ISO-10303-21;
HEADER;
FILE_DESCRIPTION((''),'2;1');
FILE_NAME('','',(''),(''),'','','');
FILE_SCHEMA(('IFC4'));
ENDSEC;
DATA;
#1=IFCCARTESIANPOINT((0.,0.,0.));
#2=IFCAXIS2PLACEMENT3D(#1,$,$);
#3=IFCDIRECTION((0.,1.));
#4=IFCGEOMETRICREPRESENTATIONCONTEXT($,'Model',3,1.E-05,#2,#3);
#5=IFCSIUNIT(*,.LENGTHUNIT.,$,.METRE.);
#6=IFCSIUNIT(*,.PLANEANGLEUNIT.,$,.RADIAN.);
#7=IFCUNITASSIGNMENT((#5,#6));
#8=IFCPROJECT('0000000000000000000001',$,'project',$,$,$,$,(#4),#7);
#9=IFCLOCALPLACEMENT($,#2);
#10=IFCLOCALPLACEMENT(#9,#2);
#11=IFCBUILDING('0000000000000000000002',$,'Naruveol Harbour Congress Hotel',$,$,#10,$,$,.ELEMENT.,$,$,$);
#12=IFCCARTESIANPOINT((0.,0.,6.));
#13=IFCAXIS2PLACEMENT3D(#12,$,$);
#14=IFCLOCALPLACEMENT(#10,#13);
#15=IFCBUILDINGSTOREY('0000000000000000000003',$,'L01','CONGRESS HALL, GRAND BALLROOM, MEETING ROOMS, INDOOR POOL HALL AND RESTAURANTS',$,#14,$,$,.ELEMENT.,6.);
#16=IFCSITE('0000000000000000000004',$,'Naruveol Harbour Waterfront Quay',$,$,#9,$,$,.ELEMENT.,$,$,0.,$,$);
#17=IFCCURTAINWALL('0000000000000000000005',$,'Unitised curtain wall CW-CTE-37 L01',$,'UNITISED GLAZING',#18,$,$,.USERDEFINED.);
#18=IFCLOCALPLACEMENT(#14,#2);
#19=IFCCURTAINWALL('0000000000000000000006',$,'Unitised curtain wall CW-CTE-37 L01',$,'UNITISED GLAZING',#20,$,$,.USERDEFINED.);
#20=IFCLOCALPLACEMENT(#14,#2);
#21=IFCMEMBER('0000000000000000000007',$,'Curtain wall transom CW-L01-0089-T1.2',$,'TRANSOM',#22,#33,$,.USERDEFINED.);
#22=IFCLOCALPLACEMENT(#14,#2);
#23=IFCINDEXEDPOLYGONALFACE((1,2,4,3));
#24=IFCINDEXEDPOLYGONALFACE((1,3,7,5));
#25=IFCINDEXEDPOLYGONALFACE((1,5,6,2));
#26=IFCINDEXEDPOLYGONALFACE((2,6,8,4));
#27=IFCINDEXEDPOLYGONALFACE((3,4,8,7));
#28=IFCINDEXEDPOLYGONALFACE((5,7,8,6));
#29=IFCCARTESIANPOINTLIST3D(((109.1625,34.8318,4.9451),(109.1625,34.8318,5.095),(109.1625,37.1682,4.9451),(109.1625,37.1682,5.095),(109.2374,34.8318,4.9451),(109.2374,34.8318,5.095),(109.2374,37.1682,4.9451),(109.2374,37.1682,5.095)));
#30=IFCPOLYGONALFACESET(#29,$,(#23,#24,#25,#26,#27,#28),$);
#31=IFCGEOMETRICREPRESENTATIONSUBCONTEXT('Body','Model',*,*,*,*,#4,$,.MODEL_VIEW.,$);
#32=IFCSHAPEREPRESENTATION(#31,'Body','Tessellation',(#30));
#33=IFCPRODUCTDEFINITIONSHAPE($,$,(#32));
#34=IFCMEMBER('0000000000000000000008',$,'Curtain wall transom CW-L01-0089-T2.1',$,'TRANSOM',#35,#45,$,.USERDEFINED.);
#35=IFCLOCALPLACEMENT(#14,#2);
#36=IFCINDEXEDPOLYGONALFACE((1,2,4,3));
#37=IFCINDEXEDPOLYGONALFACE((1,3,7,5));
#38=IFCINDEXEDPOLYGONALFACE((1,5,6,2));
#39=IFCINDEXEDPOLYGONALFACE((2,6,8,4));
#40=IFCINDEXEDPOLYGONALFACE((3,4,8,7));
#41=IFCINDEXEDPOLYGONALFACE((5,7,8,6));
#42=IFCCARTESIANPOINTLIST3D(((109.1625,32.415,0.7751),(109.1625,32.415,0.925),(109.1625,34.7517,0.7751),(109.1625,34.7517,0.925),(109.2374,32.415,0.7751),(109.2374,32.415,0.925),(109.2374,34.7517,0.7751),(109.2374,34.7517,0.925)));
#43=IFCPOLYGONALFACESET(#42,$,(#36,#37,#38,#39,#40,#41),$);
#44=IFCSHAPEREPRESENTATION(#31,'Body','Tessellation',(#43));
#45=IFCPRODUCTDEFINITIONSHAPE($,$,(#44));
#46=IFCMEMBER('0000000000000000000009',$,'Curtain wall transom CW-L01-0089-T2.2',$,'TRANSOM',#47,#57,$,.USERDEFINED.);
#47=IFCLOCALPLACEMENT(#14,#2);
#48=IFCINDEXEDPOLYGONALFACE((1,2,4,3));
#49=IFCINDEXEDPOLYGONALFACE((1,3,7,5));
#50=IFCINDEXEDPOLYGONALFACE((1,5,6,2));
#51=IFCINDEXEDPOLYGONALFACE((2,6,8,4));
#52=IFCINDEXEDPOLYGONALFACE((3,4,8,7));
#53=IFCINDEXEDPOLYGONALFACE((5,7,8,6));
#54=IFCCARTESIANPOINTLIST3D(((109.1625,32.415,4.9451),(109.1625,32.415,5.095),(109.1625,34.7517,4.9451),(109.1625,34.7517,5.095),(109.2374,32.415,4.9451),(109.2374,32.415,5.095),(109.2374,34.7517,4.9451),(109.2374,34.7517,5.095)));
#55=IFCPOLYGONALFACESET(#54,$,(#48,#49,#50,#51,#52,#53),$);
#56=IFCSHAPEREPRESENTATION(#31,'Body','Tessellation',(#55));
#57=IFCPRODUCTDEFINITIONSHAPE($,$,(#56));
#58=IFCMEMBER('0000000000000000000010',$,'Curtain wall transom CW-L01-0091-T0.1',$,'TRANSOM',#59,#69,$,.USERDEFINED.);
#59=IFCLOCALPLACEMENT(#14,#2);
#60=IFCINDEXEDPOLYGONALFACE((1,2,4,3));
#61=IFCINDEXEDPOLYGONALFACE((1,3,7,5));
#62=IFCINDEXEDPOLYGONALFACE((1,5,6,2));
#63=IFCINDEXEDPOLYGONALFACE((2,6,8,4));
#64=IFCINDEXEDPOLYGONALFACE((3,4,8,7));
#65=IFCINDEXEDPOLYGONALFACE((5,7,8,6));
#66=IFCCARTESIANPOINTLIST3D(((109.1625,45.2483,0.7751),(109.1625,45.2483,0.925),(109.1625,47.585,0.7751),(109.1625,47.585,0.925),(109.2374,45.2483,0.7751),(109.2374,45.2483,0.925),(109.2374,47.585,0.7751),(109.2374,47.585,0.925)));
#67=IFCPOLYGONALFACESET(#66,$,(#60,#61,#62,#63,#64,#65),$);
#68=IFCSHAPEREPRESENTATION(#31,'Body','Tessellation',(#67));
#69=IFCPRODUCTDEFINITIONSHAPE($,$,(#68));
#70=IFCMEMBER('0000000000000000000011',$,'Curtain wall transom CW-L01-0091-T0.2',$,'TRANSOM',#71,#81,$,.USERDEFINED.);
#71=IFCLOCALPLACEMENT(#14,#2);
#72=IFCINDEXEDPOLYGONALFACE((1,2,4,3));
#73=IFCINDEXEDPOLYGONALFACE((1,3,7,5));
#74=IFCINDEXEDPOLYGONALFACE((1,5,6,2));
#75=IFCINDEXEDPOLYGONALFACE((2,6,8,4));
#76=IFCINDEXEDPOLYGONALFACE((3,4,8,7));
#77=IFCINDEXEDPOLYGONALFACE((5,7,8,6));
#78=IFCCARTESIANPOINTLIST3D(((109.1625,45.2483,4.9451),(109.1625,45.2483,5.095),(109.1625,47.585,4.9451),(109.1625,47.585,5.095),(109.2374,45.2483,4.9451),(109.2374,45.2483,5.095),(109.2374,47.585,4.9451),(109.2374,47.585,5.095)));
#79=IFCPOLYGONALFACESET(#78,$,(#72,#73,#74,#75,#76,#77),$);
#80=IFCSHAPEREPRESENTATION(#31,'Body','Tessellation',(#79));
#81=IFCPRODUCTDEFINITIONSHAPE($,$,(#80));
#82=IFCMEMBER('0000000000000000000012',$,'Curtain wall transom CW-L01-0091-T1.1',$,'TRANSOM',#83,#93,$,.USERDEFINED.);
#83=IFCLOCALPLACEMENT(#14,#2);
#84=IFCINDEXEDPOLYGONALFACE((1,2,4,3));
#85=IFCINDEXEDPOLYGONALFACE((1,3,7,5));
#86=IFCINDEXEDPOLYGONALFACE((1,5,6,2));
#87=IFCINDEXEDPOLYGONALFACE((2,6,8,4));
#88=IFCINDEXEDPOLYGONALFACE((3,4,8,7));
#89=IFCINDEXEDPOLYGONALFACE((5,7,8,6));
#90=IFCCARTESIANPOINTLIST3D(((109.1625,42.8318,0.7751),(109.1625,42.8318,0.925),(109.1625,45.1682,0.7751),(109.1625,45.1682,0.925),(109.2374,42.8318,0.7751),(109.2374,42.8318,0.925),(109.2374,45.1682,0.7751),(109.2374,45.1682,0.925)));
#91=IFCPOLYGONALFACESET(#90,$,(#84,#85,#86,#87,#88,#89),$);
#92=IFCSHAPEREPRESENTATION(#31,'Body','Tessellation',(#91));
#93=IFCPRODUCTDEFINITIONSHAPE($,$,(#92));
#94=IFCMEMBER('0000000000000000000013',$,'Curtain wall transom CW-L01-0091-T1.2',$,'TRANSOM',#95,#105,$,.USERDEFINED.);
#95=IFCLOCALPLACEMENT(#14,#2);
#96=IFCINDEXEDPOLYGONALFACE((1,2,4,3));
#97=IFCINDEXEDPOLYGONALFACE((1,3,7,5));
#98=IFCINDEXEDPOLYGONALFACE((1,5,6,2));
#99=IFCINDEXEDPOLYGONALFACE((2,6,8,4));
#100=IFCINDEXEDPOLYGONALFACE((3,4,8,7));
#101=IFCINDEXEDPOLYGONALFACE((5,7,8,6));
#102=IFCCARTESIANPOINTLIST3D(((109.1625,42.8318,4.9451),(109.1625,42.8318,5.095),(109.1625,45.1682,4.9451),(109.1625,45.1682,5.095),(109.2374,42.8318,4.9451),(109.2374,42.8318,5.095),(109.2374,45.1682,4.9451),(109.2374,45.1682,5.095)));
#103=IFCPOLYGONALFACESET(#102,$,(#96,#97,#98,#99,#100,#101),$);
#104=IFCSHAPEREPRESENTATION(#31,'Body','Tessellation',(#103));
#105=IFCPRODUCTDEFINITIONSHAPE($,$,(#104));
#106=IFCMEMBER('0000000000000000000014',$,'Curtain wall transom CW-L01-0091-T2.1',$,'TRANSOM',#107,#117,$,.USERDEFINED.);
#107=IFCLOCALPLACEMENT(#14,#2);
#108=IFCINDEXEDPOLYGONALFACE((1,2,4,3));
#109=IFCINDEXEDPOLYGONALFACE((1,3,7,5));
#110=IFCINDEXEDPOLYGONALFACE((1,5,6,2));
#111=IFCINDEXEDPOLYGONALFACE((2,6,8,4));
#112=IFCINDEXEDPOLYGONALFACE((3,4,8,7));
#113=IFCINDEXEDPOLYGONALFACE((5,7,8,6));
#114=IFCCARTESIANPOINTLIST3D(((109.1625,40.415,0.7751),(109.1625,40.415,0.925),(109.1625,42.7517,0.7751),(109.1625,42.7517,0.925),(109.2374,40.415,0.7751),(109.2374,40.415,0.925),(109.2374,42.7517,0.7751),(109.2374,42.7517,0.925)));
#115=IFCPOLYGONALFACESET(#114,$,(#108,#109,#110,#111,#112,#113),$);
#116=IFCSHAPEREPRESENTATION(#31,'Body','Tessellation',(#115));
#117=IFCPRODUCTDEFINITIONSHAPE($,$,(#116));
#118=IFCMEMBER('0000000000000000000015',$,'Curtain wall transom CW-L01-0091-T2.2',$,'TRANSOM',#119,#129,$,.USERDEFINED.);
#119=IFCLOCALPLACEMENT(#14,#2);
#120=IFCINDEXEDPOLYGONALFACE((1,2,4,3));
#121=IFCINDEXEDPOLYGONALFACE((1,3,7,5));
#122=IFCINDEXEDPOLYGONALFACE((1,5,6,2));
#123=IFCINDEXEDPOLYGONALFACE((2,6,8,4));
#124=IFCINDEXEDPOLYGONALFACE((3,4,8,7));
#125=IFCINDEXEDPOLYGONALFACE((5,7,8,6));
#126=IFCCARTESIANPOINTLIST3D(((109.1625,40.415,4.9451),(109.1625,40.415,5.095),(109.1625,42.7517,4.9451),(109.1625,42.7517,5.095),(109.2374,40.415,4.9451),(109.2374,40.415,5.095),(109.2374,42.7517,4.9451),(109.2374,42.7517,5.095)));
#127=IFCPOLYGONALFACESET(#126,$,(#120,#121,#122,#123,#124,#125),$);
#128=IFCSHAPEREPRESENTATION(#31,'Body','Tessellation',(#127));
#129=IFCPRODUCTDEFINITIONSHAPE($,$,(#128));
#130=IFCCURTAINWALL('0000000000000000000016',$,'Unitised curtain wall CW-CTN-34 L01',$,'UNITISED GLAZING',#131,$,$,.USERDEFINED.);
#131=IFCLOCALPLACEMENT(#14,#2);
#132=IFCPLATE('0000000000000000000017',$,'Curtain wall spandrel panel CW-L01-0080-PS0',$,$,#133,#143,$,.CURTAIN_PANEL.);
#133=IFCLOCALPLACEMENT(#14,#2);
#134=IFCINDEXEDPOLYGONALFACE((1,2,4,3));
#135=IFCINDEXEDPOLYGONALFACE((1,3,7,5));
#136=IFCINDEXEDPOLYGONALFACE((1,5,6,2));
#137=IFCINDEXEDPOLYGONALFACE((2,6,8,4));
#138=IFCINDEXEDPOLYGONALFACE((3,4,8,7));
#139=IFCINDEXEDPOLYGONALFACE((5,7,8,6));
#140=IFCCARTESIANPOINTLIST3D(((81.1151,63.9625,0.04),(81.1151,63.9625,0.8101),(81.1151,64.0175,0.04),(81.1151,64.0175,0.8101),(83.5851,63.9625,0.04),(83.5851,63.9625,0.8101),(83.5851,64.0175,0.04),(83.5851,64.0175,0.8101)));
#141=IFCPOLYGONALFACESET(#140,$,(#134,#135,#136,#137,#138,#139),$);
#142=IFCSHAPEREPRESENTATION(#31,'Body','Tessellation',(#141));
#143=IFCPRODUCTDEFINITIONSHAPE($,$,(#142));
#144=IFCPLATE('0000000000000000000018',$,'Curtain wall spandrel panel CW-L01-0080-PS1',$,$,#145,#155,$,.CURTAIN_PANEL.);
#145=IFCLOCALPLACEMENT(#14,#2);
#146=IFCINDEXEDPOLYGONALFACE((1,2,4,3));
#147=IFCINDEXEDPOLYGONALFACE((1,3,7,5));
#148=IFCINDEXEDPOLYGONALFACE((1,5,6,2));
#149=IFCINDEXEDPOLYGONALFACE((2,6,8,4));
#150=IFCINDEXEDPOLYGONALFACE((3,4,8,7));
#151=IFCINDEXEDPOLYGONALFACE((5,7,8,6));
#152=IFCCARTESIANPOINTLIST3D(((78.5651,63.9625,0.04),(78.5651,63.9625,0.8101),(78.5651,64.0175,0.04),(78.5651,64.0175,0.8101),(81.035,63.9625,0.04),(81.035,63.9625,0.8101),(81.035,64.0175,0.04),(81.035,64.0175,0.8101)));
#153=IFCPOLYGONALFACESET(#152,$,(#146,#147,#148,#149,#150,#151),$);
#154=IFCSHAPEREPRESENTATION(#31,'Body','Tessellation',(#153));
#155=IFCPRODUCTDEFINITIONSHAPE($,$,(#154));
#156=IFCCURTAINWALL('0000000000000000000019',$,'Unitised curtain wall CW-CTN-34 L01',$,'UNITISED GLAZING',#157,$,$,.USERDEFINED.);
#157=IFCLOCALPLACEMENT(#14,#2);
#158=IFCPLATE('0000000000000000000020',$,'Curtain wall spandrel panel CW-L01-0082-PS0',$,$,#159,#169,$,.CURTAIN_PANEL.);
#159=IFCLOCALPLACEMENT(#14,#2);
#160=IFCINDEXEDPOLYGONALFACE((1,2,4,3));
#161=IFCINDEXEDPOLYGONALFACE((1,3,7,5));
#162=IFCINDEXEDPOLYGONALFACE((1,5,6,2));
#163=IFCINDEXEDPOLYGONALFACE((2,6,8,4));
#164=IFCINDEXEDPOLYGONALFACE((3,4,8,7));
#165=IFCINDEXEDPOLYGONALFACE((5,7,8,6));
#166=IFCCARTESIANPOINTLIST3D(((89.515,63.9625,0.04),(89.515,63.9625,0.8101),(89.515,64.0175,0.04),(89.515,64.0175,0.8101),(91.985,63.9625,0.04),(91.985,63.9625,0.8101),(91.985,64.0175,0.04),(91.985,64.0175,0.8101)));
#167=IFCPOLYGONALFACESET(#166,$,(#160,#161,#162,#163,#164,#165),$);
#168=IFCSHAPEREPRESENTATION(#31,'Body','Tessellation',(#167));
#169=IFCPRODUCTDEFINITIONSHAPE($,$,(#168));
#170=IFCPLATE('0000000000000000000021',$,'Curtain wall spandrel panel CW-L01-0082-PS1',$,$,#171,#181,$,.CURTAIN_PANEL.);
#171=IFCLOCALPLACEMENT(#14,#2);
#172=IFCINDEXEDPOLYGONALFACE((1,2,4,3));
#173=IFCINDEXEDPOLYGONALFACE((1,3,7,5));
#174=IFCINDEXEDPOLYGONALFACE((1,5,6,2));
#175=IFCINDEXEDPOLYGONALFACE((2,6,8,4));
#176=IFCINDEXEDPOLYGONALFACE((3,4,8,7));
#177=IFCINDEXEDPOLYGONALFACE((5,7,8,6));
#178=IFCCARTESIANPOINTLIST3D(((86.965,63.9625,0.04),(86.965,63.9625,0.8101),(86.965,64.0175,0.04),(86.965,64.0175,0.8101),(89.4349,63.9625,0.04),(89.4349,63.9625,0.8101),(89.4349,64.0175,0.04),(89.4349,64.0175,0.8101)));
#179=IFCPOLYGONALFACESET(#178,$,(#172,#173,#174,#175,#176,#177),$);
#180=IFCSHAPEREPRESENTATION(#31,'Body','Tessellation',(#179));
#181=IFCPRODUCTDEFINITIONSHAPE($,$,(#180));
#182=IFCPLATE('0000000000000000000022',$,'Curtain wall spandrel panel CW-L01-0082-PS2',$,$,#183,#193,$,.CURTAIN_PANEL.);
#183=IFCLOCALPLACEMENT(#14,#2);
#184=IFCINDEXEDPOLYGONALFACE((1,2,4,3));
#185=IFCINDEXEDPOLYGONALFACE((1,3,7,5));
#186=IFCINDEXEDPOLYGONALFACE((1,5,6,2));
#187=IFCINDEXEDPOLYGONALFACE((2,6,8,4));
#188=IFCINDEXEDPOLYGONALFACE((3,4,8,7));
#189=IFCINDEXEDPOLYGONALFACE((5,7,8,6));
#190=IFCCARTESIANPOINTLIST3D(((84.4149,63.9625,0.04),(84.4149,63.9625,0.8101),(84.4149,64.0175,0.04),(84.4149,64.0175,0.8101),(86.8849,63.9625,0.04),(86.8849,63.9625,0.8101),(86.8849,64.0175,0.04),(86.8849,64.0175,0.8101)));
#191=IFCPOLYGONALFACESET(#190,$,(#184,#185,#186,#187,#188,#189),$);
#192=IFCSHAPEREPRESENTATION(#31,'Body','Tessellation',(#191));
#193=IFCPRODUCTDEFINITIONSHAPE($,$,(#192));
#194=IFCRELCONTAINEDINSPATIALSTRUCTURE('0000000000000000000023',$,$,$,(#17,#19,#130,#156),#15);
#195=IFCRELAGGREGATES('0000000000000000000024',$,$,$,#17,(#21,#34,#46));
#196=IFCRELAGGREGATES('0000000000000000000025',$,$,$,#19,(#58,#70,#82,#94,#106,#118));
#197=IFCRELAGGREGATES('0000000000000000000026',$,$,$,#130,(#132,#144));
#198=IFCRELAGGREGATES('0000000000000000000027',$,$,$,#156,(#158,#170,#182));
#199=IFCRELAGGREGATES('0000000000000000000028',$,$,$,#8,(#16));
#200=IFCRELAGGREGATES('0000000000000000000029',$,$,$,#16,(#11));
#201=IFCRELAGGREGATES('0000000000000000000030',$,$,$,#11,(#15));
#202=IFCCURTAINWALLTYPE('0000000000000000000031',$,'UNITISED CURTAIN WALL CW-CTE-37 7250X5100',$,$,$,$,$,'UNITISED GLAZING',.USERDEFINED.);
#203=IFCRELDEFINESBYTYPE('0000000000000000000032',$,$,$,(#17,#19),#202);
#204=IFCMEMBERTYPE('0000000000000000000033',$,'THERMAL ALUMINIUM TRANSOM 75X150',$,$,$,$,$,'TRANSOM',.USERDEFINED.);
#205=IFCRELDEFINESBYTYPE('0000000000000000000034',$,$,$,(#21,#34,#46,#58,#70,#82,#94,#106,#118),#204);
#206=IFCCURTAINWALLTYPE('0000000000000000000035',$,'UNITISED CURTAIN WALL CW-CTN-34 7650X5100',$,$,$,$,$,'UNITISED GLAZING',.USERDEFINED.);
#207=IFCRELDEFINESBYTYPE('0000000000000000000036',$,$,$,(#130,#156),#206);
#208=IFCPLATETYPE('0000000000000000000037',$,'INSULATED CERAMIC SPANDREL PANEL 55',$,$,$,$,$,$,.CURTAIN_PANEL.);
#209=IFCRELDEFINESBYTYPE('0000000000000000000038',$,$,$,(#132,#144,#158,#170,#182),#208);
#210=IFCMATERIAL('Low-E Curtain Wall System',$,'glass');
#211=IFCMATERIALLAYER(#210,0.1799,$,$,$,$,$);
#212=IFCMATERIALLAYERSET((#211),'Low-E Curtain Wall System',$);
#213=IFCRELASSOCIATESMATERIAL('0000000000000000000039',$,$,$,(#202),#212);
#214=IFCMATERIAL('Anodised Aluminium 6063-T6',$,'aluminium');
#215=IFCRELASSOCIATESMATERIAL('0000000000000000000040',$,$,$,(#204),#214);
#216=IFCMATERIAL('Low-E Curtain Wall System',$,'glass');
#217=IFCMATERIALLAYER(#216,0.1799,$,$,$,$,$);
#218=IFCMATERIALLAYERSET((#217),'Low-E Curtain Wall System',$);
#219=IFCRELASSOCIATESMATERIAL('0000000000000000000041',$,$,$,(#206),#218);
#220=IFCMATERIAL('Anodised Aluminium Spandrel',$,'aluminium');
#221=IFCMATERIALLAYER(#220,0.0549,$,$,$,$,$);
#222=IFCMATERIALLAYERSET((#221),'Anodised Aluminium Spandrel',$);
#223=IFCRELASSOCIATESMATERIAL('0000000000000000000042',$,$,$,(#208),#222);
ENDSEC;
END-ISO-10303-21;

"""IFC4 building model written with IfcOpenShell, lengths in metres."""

from ifc_helpers import new_model, si_unit, direction, frame, origin, origin_2d, place, context, subcontext, project, spatial, rectangle, extrude, material, layer, layer_set, material_profile, profile_set, type_object, element, aggregate, save


model = new_model("IFC4")

# Units and contexts
model_context = context("Model", 3, precision=1e-05, world=origin(), true_north=direction((0.0, 1.0)))
body_context = subcontext(model_context, "Body", "Model", "MODEL_VIEW")
ifc_project = project(units=[si_unit("LENGTHUNIT", "METRE"), si_unit("PLANEANGLEUNIT", "RADIAN")], contexts=[model_context])

# Site, building, storey
site_placement = place(None, origin())
site = spatial("IfcSite", under=ifc_project, at=site_placement, Name="Naruveol Harbour Waterfront Quay", CompositionType="ELEMENT", RefElevation=0.0)
building_placement = place(site_placement, origin())
building = spatial("IfcBuilding", under=site, at=building_placement, Name="Naruveol Harbour Congress Hotel", CompositionType="ELEMENT")
storey_placement = place(building_placement, frame((0.0, 0.0, 6.0)))
storey = spatial("IfcBuildingStorey", under=building, at=storey_placement, Name="L01", Description="CONGRESS HALL, GRAND BALLROOM, MEETING ROOMS, INDOOR POOL HALL AND RESTAURANTS", CompositionType="ELEMENT", Elevation=6.0)

# Curtain walls
ifc_material_1 = material(Name="Low-E Curtain Wall System", Category="glass")
ifc_layer_1 = layer(ifc_material_1, 0.1799)
ifc_layer_set_1 = layer_set([ifc_layer_1], Name="Low-E Curtain Wall System")
curtain_wall_type_1 = type_object("IfcCurtainWallType", Name="UNITISED CURTAIN WALL CW-CTE-37 7250X5100", ElementType="UNITISED GLAZING", PredefinedType="USERDEFINED", material=ifc_layer_set_1)
curtain_wall_1_placement = place(storey_placement, origin())
curtain_wall_1 = element("IfcCurtainWall", 1, at=curtain_wall_1_placement, inside=storey, type_object=curtain_wall_type_1, Name="Unitised curtain wall CW-CTE-37 L01", ObjectType="UNITISED GLAZING", PredefinedType="USERDEFINED")
curtain_wall_2_placement = place(storey_placement, origin())
curtain_wall_2 = element("IfcCurtainWall", 2, at=curtain_wall_2_placement, inside=storey, type_object=curtain_wall_type_1, Name="Unitised curtain wall CW-CTE-37 L01", ObjectType="UNITISED GLAZING", PredefinedType="USERDEFINED")

# Members
ifc_material_2 = material(Name="Anodised Aluminium 6063-T6", Category="aluminium")
ifc_material_profile_1 = material_profile(ifc_material_2, rectangle(XDim=0.075, YDim=0.1499, at=origin_2d()), Name="ALU-75x150")
ifc_profile_set_1 = profile_set([ifc_material_profile_1], Name="Anodised Aluminium 6063-T6")
member_type_1 = type_object("IfcMemberType", Name="THERMAL ALUMINIUM TRANSOM 75X150", ElementType="TRANSOM", PredefinedType="USERDEFINED", material=ifc_profile_set_1)
member_1_placement = place(storey_placement, frame((109.2, 37.1682, 5.02), z_axis=(0.0, -1.0, 0.0), x_axis=(1.0, 0.0, 0.0)))
member_1 = element("IfcMember", 3, at=member_1_placement, type_object=member_type_1, Name="Curtain wall transom CW-L01-0089-T1.2", ObjectType="TRANSOM", PredefinedType="USERDEFINED", context=body_context, shape_type="SweptSolid", body=[
    extrude(rectangle(XDim=0.075, YDim=0.1499, at=origin_2d()), origin(), (0.0, 0.0, 1.0), 2.3364),
])
member_2_placement = place(storey_placement, frame((109.2, 34.7517, 0.8501), z_axis=(0.0, -1.0, 0.0), x_axis=(1.0, 0.0, 0.0)))
member_2 = element("IfcMember", 4, at=member_2_placement, type_object=member_type_1, Name="Curtain wall transom CW-L01-0089-T2.1", ObjectType="TRANSOM", PredefinedType="USERDEFINED", context=body_context, shape_type="SweptSolid", body=[
    extrude(rectangle(XDim=0.075, YDim=0.1499, at=origin_2d()), origin(), (0.0, 0.0, 1.0), 2.3367),
])
member_3_placement = place(storey_placement, frame((109.2, 34.7517, 5.02), z_axis=(0.0, -1.0, 0.0), x_axis=(1.0, 0.0, 0.0)))
member_3 = element("IfcMember", 5, at=member_3_placement, type_object=member_type_1, Name="Curtain wall transom CW-L01-0089-T2.2", ObjectType="TRANSOM", PredefinedType="USERDEFINED", context=body_context, shape_type="SweptSolid", body=[
    extrude(rectangle(XDim=0.075, YDim=0.1499, at=origin_2d()), origin(), (0.0, 0.0, 1.0), 2.3367),
])
aggregate(curtain_wall_1, [member_1, member_2, member_3])
member_4_placement = place(storey_placement, frame((109.2, 47.585, 0.8501), z_axis=(0.0, -1.0, 0.0), x_axis=(1.0, 0.0, 0.0)))
member_4 = element("IfcMember", 6, at=member_4_placement, type_object=member_type_1, Name="Curtain wall transom CW-L01-0091-T0.1", ObjectType="TRANSOM", PredefinedType="USERDEFINED", context=body_context, shape_type="SweptSolid", body=[
    extrude(rectangle(XDim=0.075, YDim=0.1499, at=origin_2d()), origin(), (0.0, 0.0, 1.0), 2.3367),
])
member_5_placement = place(storey_placement, frame((109.2, 47.585, 5.02), z_axis=(0.0, -1.0, 0.0), x_axis=(1.0, 0.0, 0.0)))
member_5 = element("IfcMember", 7, at=member_5_placement, type_object=member_type_1, Name="Curtain wall transom CW-L01-0091-T0.2", ObjectType="TRANSOM", PredefinedType="USERDEFINED", context=body_context, shape_type="SweptSolid", body=[
    extrude(rectangle(XDim=0.075, YDim=0.1499, at=origin_2d()), origin(), (0.0, 0.0, 1.0), 2.3367),
])
member_6_placement = place(storey_placement, frame((109.2, 45.1682, 0.8501), z_axis=(0.0, -1.0, 0.0), x_axis=(1.0, 0.0, 0.0)))
member_6 = element("IfcMember", 8, at=member_6_placement, type_object=member_type_1, Name="Curtain wall transom CW-L01-0091-T1.1", ObjectType="TRANSOM", PredefinedType="USERDEFINED", context=body_context, shape_type="SweptSolid", body=[
    extrude(rectangle(XDim=0.075, YDim=0.1499, at=origin_2d()), origin(), (0.0, 0.0, 1.0), 2.3364),
])
member_7_placement = place(storey_placement, frame((109.2, 45.1682, 5.02), z_axis=(0.0, -1.0, 0.0), x_axis=(1.0, 0.0, 0.0)))
member_7 = element("IfcMember", 9, at=member_7_placement, type_object=member_type_1, Name="Curtain wall transom CW-L01-0091-T1.2", ObjectType="TRANSOM", PredefinedType="USERDEFINED", context=body_context, shape_type="SweptSolid", body=[
    extrude(rectangle(XDim=0.075, YDim=0.1499, at=origin_2d()), origin(), (0.0, 0.0, 1.0), 2.3364),
])
member_8_placement = place(storey_placement, frame((109.2, 42.7517, 0.8501), z_axis=(0.0, -1.0, 0.0), x_axis=(1.0, 0.0, 0.0)))
member_8 = element("IfcMember", 10, at=member_8_placement, type_object=member_type_1, Name="Curtain wall transom CW-L01-0091-T2.1", ObjectType="TRANSOM", PredefinedType="USERDEFINED", context=body_context, shape_type="SweptSolid", body=[
    extrude(rectangle(XDim=0.075, YDim=0.1499, at=origin_2d()), origin(), (0.0, 0.0, 1.0), 2.3367),
])
member_9_placement = place(storey_placement, frame((109.2, 42.7517, 5.02), z_axis=(0.0, -1.0, 0.0), x_axis=(1.0, 0.0, 0.0)))
member_9 = element("IfcMember", 11, at=member_9_placement, type_object=member_type_1, Name="Curtain wall transom CW-L01-0091-T2.2", ObjectType="TRANSOM", PredefinedType="USERDEFINED", context=body_context, shape_type="SweptSolid", body=[
    extrude(rectangle(XDim=0.075, YDim=0.1499, at=origin_2d()), origin(), (0.0, 0.0, 1.0), 2.3367),
])
aggregate(curtain_wall_2, [member_4, member_5, member_6, member_7, member_8, member_9])

# Curtain walls, plates
ifc_material_3 = material(Name="Low-E Curtain Wall System", Category="glass")
ifc_layer_2 = layer(ifc_material_3, 0.1799)
ifc_layer_set_2 = layer_set([ifc_layer_2], Name="Low-E Curtain Wall System")
curtain_wall_type_2 = type_object("IfcCurtainWallType", Name="UNITISED CURTAIN WALL CW-CTN-34 7650X5100", ElementType="UNITISED GLAZING", PredefinedType="USERDEFINED", material=ifc_layer_set_2)
curtain_wall_3_placement = place(storey_placement, origin())
curtain_wall_3 = element("IfcCurtainWall", 12, at=curtain_wall_3_placement, inside=storey, type_object=curtain_wall_type_2, Name="Unitised curtain wall CW-CTN-34 L01", ObjectType="UNITISED GLAZING", PredefinedType="USERDEFINED")
ifc_material_4 = material(Name="Anodised Aluminium Spandrel", Category="aluminium")
ifc_layer_3 = layer(ifc_material_4, 0.0549)
ifc_layer_set_3 = layer_set([ifc_layer_3], Name="Anodised Aluminium Spandrel")
plate_type_1 = type_object("IfcPlateType", Name="INSULATED CERAMIC SPANDREL PANEL 55", PredefinedType="CURTAIN_PANEL", material=ifc_layer_set_3)
plate_1_placement = place(storey_placement, frame((82.3501, 63.99, 0.04), z_axis=(0.0, 0.0, 1.0), x_axis=(-1.0, 0.0, 0.0)))
plate_1 = element("IfcPlate", 13, at=plate_1_placement, type_object=plate_type_1, Name="Curtain wall spandrel panel CW-L01-0080-PS0", PredefinedType="CURTAIN_PANEL", context=body_context, shape_type="SweptSolid", body=[
    extrude(rectangle(XDim=2.47, YDim=0.0549, at=origin_2d()), origin(), (0.0, 0.0, 1.0), 0.77),
])
plate_2_placement = place(storey_placement, frame((79.8, 63.99, 0.04), z_axis=(0.0, 0.0, 1.0), x_axis=(-1.0, 0.0, 0.0)))
plate_2 = element("IfcPlate", 14, at=plate_2_placement, type_object=plate_type_1, Name="Curtain wall spandrel panel CW-L01-0080-PS1", PredefinedType="CURTAIN_PANEL", context=body_context, shape_type="SweptSolid", body=[
    extrude(rectangle(XDim=2.47, YDim=0.0549, at=origin_2d()), origin(), (0.0, 0.0, 1.0), 0.77),
])
curtain_wall_4_placement = place(storey_placement, origin())
curtain_wall_4 = element("IfcCurtainWall", 15, at=curtain_wall_4_placement, inside=storey, type_object=curtain_wall_type_2, Name="Unitised curtain wall CW-CTN-34 L01", ObjectType="UNITISED GLAZING", PredefinedType="USERDEFINED")
plate_3_placement = place(storey_placement, frame((90.75, 63.99, 0.04), z_axis=(0.0, 0.0, 1.0), x_axis=(-1.0, 0.0, 0.0)))
plate_3 = element("IfcPlate", 16, at=plate_3_placement, type_object=plate_type_1, Name="Curtain wall spandrel panel CW-L01-0082-PS0", PredefinedType="CURTAIN_PANEL", context=body_context, shape_type="SweptSolid", body=[
    extrude(rectangle(XDim=2.47, YDim=0.0549, at=origin_2d()), origin(), (0.0, 0.0, 1.0), 0.77),
])
plate_4_placement = place(storey_placement, frame((88.2, 63.99, 0.04), z_axis=(0.0, 0.0, 1.0), x_axis=(-1.0, 0.0, 0.0)))
plate_4 = element("IfcPlate", 17, at=plate_4_placement, type_object=plate_type_1, Name="Curtain wall spandrel panel CW-L01-0082-PS1", PredefinedType="CURTAIN_PANEL", context=body_context, shape_type="SweptSolid", body=[
    extrude(rectangle(XDim=2.47, YDim=0.0549, at=origin_2d()), origin(), (0.0, 0.0, 1.0), 0.77),
])
plate_5_placement = place(storey_placement, frame((85.6499, 63.99, 0.04), z_axis=(0.0, 0.0, 1.0), x_axis=(-1.0, 0.0, 0.0)))
plate_5 = element("IfcPlate", 18, at=plate_5_placement, type_object=plate_type_1, Name="Curtain wall spandrel panel CW-L01-0082-PS2", PredefinedType="CURTAIN_PANEL", context=body_context, shape_type="SweptSolid", body=[
    extrude(rectangle(XDim=2.47, YDim=0.0549, at=origin_2d()), origin(), (0.0, 0.0, 1.0), 0.77),
])

aggregate(curtain_wall_3, [plate_1, plate_2])
aggregate(curtain_wall_4, [plate_3, plate_4, plate_5])

save(model, "model.ifc")
